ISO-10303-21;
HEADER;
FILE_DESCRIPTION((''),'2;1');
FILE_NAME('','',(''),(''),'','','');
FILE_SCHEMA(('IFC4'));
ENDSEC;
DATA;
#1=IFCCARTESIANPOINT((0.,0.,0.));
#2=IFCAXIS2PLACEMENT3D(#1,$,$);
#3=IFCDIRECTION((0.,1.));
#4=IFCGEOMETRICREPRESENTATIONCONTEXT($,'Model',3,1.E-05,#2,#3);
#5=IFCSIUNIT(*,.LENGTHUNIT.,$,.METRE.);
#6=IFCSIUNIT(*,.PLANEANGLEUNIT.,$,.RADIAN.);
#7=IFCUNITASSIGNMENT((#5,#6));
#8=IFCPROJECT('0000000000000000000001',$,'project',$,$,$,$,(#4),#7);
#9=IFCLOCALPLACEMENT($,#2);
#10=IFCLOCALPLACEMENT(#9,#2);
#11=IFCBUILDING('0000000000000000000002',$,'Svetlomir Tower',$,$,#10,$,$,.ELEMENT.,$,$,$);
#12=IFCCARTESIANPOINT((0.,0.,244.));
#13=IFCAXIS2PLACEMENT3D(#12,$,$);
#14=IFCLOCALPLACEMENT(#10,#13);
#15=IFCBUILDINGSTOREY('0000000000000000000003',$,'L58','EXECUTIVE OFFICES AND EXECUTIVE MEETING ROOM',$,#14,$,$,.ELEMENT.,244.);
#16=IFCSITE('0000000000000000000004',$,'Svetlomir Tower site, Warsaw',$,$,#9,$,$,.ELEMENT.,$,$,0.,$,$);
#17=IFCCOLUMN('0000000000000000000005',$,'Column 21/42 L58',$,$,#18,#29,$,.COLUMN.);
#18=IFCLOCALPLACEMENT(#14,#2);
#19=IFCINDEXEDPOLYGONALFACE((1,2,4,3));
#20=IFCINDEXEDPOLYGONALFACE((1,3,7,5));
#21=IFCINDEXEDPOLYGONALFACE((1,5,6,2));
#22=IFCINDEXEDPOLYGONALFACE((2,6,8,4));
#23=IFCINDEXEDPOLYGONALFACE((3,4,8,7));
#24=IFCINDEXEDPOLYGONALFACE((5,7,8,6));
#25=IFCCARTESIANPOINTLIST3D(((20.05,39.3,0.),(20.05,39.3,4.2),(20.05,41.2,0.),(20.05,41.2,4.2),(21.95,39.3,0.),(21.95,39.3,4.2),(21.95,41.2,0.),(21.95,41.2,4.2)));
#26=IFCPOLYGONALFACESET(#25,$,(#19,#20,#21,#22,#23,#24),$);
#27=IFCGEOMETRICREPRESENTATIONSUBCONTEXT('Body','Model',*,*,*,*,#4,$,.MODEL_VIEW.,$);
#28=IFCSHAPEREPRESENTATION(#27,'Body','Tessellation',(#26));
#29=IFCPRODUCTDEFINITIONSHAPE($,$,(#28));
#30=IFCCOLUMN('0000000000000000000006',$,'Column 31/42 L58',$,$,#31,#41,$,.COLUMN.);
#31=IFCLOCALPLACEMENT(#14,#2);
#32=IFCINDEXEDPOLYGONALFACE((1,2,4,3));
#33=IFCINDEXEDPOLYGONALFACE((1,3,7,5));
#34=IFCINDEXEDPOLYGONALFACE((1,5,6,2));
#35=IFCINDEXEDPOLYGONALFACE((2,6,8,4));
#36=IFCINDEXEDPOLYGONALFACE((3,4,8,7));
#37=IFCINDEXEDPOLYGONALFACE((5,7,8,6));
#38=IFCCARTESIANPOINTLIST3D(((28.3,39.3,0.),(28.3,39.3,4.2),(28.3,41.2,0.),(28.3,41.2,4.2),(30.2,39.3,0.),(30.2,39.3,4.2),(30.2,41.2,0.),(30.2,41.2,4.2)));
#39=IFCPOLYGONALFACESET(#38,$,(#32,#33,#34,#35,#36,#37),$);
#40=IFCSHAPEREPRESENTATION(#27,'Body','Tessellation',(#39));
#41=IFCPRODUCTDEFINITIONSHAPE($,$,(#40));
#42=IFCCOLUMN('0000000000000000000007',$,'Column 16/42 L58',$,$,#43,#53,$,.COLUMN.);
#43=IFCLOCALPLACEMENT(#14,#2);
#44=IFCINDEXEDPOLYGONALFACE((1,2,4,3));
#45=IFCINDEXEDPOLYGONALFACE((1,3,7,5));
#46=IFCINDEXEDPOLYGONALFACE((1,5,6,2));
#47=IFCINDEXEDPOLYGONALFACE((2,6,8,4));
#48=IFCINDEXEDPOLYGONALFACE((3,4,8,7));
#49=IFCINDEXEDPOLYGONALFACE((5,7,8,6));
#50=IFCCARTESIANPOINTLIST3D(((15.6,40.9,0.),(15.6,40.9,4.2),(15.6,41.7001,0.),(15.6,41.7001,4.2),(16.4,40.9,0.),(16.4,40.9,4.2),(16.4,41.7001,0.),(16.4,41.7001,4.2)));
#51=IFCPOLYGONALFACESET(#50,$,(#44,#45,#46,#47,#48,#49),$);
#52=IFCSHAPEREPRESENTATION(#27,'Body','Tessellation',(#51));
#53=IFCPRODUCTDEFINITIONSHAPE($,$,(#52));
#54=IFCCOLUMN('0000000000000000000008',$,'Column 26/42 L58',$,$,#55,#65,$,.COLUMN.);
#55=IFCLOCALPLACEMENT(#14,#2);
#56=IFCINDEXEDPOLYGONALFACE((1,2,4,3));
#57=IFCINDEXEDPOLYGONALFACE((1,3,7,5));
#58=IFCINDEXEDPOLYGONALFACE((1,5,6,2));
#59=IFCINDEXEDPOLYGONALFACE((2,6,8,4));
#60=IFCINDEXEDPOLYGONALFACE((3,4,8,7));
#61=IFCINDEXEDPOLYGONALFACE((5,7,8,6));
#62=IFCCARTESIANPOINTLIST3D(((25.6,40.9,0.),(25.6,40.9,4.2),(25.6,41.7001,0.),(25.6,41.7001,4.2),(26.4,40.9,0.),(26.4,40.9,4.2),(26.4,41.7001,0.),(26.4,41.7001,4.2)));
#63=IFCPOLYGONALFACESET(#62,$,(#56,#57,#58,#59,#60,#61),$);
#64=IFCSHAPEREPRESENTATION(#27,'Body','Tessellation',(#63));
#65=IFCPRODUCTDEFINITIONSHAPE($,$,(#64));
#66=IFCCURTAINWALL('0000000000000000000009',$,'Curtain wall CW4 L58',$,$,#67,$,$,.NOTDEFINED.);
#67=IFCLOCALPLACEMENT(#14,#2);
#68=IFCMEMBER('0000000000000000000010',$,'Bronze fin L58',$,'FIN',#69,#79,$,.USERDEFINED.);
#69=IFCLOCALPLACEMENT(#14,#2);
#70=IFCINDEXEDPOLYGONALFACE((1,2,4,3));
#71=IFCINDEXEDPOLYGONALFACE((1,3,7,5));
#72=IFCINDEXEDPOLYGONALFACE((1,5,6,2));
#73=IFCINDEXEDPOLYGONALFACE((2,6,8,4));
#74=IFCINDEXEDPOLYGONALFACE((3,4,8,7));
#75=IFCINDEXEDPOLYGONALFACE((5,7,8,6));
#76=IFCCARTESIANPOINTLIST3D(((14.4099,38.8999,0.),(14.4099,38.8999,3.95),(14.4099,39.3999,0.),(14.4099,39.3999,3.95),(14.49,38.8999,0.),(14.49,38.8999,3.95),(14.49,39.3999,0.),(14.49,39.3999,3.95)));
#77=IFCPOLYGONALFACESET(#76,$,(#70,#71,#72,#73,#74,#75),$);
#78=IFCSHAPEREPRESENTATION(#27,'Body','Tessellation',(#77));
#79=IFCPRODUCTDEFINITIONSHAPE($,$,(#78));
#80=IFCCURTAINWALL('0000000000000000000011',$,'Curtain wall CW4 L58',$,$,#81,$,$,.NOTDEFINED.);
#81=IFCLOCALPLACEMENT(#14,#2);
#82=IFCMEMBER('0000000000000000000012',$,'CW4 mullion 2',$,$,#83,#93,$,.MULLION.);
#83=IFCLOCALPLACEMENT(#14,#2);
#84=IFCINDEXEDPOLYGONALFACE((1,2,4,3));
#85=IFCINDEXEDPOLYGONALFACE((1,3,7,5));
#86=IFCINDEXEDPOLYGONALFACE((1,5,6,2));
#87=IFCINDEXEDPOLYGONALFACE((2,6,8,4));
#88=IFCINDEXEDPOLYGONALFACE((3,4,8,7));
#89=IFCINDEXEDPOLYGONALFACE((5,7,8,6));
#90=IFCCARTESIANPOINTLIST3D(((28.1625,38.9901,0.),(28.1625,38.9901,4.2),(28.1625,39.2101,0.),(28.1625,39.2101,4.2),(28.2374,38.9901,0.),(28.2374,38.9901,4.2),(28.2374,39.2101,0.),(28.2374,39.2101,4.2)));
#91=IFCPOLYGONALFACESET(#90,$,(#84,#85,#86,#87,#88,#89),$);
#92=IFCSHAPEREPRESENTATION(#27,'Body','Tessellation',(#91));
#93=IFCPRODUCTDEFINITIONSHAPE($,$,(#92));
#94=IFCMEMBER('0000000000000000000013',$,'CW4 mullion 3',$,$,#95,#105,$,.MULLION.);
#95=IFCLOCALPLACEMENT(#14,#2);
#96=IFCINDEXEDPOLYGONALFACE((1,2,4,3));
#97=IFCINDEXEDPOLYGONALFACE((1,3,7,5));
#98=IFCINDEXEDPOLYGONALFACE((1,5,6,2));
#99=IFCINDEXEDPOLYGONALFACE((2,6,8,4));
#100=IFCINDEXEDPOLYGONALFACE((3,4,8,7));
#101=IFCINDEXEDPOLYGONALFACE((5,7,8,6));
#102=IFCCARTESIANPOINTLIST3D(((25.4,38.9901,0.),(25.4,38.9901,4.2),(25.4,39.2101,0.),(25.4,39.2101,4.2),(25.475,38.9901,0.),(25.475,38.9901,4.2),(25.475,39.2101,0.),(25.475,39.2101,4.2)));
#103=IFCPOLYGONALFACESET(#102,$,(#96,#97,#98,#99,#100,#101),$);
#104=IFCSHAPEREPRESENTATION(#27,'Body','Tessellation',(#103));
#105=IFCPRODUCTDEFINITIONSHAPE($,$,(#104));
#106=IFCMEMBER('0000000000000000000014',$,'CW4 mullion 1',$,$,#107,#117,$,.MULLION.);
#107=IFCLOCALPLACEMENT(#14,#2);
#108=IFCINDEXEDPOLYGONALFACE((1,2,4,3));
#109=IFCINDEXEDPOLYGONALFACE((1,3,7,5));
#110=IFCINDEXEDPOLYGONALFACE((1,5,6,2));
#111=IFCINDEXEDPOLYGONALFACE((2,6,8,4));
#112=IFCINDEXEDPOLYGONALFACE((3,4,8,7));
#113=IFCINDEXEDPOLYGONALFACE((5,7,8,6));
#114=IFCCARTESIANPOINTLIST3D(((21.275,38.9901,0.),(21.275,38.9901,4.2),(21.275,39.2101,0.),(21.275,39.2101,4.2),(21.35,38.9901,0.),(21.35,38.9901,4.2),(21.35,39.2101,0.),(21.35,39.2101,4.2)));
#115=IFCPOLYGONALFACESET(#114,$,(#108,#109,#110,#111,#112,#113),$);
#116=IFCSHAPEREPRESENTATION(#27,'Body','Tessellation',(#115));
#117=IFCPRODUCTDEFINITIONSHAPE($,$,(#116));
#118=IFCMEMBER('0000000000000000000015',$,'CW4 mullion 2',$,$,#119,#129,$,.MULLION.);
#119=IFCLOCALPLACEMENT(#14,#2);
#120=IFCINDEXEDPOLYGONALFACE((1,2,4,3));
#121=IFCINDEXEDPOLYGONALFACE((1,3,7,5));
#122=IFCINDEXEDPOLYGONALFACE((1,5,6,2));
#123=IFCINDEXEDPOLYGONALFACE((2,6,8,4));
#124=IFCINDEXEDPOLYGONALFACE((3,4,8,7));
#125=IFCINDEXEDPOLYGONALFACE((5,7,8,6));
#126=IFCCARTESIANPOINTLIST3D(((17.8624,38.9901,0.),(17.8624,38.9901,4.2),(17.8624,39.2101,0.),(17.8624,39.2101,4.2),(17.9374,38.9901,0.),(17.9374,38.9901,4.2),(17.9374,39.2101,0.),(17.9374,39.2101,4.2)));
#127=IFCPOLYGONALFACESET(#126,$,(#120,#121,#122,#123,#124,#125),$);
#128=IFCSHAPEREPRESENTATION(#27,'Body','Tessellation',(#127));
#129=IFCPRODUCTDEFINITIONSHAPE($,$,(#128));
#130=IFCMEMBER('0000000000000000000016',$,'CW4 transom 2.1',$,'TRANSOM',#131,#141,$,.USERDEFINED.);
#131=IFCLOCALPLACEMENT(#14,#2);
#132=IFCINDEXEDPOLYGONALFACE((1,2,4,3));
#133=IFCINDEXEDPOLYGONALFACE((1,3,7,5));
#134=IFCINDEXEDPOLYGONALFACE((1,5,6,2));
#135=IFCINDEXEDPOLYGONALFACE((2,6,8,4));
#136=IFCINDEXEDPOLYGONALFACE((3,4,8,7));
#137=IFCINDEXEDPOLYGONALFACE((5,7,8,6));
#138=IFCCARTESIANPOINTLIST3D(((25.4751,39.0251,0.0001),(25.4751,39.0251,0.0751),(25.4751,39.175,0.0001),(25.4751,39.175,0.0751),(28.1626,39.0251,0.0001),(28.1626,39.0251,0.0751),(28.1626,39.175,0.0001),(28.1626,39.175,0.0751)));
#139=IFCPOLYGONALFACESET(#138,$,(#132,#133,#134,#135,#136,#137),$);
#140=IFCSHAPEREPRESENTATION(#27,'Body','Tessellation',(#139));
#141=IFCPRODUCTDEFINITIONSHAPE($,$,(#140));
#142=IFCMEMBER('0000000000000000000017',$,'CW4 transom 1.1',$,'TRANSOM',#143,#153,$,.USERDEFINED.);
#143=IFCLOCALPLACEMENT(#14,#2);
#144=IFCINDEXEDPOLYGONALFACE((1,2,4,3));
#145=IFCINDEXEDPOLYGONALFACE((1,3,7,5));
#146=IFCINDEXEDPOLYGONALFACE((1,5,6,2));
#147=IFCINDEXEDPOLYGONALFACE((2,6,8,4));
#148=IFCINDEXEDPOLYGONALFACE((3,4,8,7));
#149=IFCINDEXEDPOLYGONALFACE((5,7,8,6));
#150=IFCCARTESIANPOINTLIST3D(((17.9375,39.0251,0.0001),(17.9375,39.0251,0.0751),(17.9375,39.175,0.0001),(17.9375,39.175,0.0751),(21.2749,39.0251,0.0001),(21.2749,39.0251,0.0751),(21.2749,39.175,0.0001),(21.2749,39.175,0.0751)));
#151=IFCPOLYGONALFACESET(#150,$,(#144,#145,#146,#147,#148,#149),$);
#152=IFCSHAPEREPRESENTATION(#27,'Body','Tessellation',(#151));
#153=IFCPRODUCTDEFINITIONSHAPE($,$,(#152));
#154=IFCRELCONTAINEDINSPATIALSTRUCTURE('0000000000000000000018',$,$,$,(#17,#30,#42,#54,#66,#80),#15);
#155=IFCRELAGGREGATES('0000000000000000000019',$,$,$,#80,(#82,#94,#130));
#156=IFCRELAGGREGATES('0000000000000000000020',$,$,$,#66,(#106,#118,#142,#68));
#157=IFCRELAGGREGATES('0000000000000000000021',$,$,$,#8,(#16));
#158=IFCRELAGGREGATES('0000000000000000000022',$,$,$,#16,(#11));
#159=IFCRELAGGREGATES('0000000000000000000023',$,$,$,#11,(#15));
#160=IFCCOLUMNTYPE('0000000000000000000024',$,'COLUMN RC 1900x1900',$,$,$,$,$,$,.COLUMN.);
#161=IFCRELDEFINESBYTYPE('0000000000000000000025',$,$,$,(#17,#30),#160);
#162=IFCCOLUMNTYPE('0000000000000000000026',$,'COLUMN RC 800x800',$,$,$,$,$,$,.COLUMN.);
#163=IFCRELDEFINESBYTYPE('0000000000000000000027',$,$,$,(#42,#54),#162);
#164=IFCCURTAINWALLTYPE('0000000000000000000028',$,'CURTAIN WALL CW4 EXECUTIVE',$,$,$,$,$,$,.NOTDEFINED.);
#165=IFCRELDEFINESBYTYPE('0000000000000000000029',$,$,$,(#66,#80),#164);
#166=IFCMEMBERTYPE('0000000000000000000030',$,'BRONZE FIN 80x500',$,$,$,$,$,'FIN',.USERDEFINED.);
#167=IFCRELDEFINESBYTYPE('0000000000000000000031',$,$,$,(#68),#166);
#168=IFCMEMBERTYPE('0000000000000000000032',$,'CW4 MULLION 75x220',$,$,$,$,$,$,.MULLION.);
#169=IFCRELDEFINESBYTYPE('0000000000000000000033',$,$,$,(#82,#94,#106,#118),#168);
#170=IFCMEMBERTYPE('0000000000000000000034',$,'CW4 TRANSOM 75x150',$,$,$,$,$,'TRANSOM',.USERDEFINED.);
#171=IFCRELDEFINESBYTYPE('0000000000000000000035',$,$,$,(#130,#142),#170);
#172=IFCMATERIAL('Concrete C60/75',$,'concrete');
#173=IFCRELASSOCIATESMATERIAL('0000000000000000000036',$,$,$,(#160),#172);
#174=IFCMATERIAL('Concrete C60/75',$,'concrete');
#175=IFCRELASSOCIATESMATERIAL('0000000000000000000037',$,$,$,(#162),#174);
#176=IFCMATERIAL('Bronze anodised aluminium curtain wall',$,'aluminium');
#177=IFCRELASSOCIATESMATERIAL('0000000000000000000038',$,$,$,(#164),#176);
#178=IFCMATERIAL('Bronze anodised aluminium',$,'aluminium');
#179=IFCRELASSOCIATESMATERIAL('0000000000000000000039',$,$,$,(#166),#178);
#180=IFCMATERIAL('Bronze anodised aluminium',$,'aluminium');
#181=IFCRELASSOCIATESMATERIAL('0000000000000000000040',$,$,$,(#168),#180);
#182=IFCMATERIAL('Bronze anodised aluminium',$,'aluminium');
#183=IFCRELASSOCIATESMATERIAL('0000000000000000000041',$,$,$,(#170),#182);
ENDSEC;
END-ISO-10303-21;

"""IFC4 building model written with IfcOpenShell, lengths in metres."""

from ifc_helpers import new_model, si_unit, direction, frame, origin, origin_2d, place, context, subcontext, project, spatial, rectangle, extrude, material, material_profile, profile_set, type_object, element, aggregate, save


model = new_model("IFC4")

# Units and contexts
model_context = context("Model", 3, precision=1e-05, world=origin(), true_north=direction((0.0, 1.0)))
body_context = subcontext(model_context, "Body", "Model", "MODEL_VIEW")
ifc_project = project(units=[si_unit("LENGTHUNIT", "METRE"), si_unit("PLANEANGLEUNIT", "RADIAN")], contexts=[model_context])

# Site, building, storey
site_placement = place(None, origin())
site = spatial("IfcSite", under=ifc_project, at=site_placement, Name="Svetlomir Tower site, Warsaw", CompositionType="ELEMENT", RefElevation=0.0)
building_placement = place(site_placement, origin())
building = spatial("IfcBuilding", under=site, at=building_placement, Name="Svetlomir Tower", CompositionType="ELEMENT")
storey_placement = place(building_placement, frame((0.0, 0.0, 244.0)))
storey = spatial("IfcBuildingStorey", under=building, at=storey_placement, Name="L58", Description="EXECUTIVE OFFICES AND EXECUTIVE MEETING ROOM", CompositionType="ELEMENT", Elevation=244.0)

# Columns
ifc_material_1 = material(Name="Concrete C60/75", Category="concrete")
ifc_material_profile_1 = material_profile(ifc_material_1, rectangle(XDim=1.8999, YDim=1.8999, at=origin_2d()), Name="RC 1900x1900")
ifc_profile_set_1 = profile_set([ifc_material_profile_1], Name="Concrete C60/75")
column_type_1 = type_object("IfcColumnType", Name="COLUMN RC 1900x1900", PredefinedType="COLUMN", material=ifc_profile_set_1)
for number, where, z_axis, x_axis, name in (
    (1, (21.0, 40.25, 0.0), (0.0, 0.0, 1.0), (1.0, 0.0, 0.0), "Column 21/42 L58"),
    (2, (29.25, 40.25, 0.0), (0.0, 0.0, 1.0), (1.0, 0.0, 0.0), "Column 31/42 L58"),
):
    element("IfcColumn", number, at=place(storey_placement, frame(where, z_axis=z_axis, x_axis=x_axis)), inside=storey, type_object=column_type_1, Name=name, PredefinedType="COLUMN", context=body_context, shape_type="SweptSolid", body=[
        extrude(rectangle(XDim=1.8999, YDim=1.8999, at=origin_2d()), origin(), (0.0, 0.0, 1.0), 4.2),
    ])
ifc_material_2 = material(Name="Concrete C60/75", Category="concrete")
ifc_material_profile_2 = material_profile(ifc_material_2, rectangle(XDim=0.8, YDim=0.8, at=origin_2d()), Name="RC 800x800")
ifc_profile_set_2 = profile_set([ifc_material_profile_2], Name="Concrete C60/75")
column_type_2 = type_object("IfcColumnType", Name="COLUMN RC 800x800", PredefinedType="COLUMN", material=ifc_profile_set_2)
for number, where, z_axis, x_axis, name in (
    (3, (16.0, 41.3, 0.0), (0.0, 0.0, 1.0), (1.0, 0.0, 0.0), "Column 16/42 L58"),
    (4, (26.0, 41.3, 0.0), (0.0, 0.0, 1.0), (1.0, 0.0, 0.0), "Column 26/42 L58"),
):
    element("IfcColumn", number, at=place(storey_placement, frame(where, z_axis=z_axis, x_axis=x_axis)), inside=storey, type_object=column_type_2, Name=name, PredefinedType="COLUMN", context=body_context, shape_type="SweptSolid", body=[
        extrude(rectangle(XDim=0.8, YDim=0.8, at=origin_2d()), origin(), (0.0, 0.0, 1.0), 4.2),
    ])

# Curtain wall, member
ifc_material_3 = material(Name="Bronze anodised aluminium curtain wall", Category="aluminium")
curtain_wall_type = type_object("IfcCurtainWallType", Name="CURTAIN WALL CW4 EXECUTIVE", PredefinedType="NOTDEFINED", material=ifc_material_3)
curtain_wall_1_placement = place(storey_placement, origin())
curtain_wall_1 = element("IfcCurtainWall", 5, at=curtain_wall_1_placement, inside=storey, type_object=curtain_wall_type, Name="Curtain wall CW4 L58", PredefinedType="NOTDEFINED")
ifc_material_4 = material(Name="Bronze anodised aluminium", Category="aluminium")
ifc_material_profile_3 = material_profile(ifc_material_4, rectangle(XDim=0.0801, YDim=0.5, at=origin_2d()), Name="FIN 80x500")
ifc_profile_set_3 = profile_set([ifc_material_profile_3], Name="Bronze anodised aluminium 6063-T6")
member_type_1 = type_object("IfcMemberType", Name="BRONZE FIN 80x500", ElementType="FIN", PredefinedType="USERDEFINED", material=ifc_profile_set_3)
member_1_placement = place(storey_placement, frame((14.45, 39.1499, 0.0), z_axis=(0.0, 0.0, 1.0), x_axis=(1.0, 0.0, 0.0)))
member_1 = element("IfcMember", 6, at=member_1_placement, type_object=member_type_1, Name="Bronze fin L58", ObjectType="FIN", PredefinedType="USERDEFINED", context=body_context, shape_type="SweptSolid", body=[
    extrude(rectangle(XDim=0.0801, YDim=0.5, at=origin_2d()), origin(), (0.0, 0.0, 1.0), 3.95),
])

# Curtain wall, members
curtain_wall_2_placement = place(storey_placement, origin())
curtain_wall_2 = element("IfcCurtainWall", 7, at=curtain_wall_2_placement, inside=storey, type_object=curtain_wall_type, Name="Curtain wall CW4 L58", PredefinedType="NOTDEFINED")
ifc_material_5 = material(Name="Bronze anodised aluminium", Category="aluminium")
ifc_material_profile_4 = material_profile(ifc_material_5, rectangle(XDim=0.075, YDim=0.22, at=origin_2d()), Name="AL 75x220")
ifc_profile_set_4 = profile_set([ifc_material_profile_4], Name="Bronze anodised aluminium 6063-T6")
member_type_2 = type_object("IfcMemberType", Name="CW4 MULLION 75x220", PredefinedType="MULLION", material=ifc_profile_set_4)
member_2_placement = place(storey_placement, frame((28.2, 39.1001, 0.0), z_axis=(0.0, 0.0, 1.0), x_axis=(-1.0, 0.0, 0.0)))
member_2 = element("IfcMember", 8, at=member_2_placement, type_object=member_type_2, Name="CW4 mullion 2", PredefinedType="MULLION", context=body_context, shape_type="SweptSolid", body=[
    extrude(rectangle(XDim=0.075, YDim=0.22, at=origin_2d()), origin(), (0.0, 0.0, 1.0), 4.2),
])
member_3_placement = place(storey_placement, frame((25.4375, 39.1001, 0.0), z_axis=(0.0, 0.0, 1.0), x_axis=(-1.0, 0.0, 0.0)))
member_3 = element("IfcMember", 9, at=member_3_placement, type_object=member_type_2, Name="CW4 mullion 3", PredefinedType="MULLION", context=body_context, shape_type="SweptSolid", body=[
    extrude(rectangle(XDim=0.075, YDim=0.22, at=origin_2d()), origin(), (0.0, 0.0, 1.0), 4.2),
])

# Members
member_4_placement = place(storey_placement, frame((21.3125, 39.1001, 0.0), z_axis=(0.0, 0.0, 1.0), x_axis=(-1.0, 0.0, 0.0)))
member_4 = element("IfcMember", 10, at=member_4_placement, type_object=member_type_2, Name="CW4 mullion 1", PredefinedType="MULLION", context=body_context, shape_type="SweptSolid", body=[
    extrude(rectangle(XDim=0.075, YDim=0.22, at=origin_2d()), origin(), (0.0, 0.0, 1.0), 4.2),
])
member_5_placement = place(storey_placement, frame((17.8999, 39.1001, 0.0), z_axis=(0.0, 0.0, 1.0), x_axis=(-1.0, 0.0, 0.0)))
member_5 = element("IfcMember", 11, at=member_5_placement, type_object=member_type_2, Name="CW4 mullion 2", PredefinedType="MULLION", context=body_context, shape_type="SweptSolid", body=[
    extrude(rectangle(XDim=0.075, YDim=0.22, at=origin_2d()), origin(), (0.0, 0.0, 1.0), 4.2),
])
ifc_material_6 = material(Name="Bronze anodised aluminium", Category="aluminium")
ifc_material_profile_5 = material_profile(ifc_material_6, rectangle(XDim=0.1499, YDim=0.075, at=origin_2d()), Name="AL 150x75")
ifc_profile_set_5 = profile_set([ifc_material_profile_5], Name="Bronze anodised aluminium 6063-T6")
member_type_3 = type_object("IfcMemberType", Name="CW4 TRANSOM 75x150", ElementType="TRANSOM", PredefinedType="USERDEFINED", material=ifc_profile_set_5)
member_6_placement = place(storey_placement, frame((28.1626, 39.1001, 0.0376), z_axis=(-1.0, 0.0, 0.0), x_axis=(0.0, -1.0, 0.0)))
member_6 = element("IfcMember", 12, at=member_6_placement, type_object=member_type_3, Name="CW4 transom 2.1", ObjectType="TRANSOM", PredefinedType="USERDEFINED", context=body_context, shape_type="SweptSolid", body=[
    extrude(rectangle(XDim=0.1499, YDim=0.075, at=origin_2d()), origin(), (0.0, 0.0, 1.0), 2.6875),
])
member_7_placement = place(storey_placement, frame((21.2749, 39.1001, 0.0376), z_axis=(-1.0, 0.0, 0.0), x_axis=(0.0, -1.0, 0.0)))
member_7 = element("IfcMember", 13, at=member_7_placement, type_object=member_type_3, Name="CW4 transom 1.1", ObjectType="TRANSOM", PredefinedType="USERDEFINED", context=body_context, shape_type="SweptSolid", body=[
    extrude(rectangle(XDim=0.1499, YDim=0.075, at=origin_2d()), origin(), (0.0, 0.0, 1.0), 3.3374),
])

aggregate(curtain_wall_2, [member_2, member_3, member_6])
aggregate(curtain_wall_1, [member_4, member_5, member_7, member_1])

save(model, "model.ifc")
